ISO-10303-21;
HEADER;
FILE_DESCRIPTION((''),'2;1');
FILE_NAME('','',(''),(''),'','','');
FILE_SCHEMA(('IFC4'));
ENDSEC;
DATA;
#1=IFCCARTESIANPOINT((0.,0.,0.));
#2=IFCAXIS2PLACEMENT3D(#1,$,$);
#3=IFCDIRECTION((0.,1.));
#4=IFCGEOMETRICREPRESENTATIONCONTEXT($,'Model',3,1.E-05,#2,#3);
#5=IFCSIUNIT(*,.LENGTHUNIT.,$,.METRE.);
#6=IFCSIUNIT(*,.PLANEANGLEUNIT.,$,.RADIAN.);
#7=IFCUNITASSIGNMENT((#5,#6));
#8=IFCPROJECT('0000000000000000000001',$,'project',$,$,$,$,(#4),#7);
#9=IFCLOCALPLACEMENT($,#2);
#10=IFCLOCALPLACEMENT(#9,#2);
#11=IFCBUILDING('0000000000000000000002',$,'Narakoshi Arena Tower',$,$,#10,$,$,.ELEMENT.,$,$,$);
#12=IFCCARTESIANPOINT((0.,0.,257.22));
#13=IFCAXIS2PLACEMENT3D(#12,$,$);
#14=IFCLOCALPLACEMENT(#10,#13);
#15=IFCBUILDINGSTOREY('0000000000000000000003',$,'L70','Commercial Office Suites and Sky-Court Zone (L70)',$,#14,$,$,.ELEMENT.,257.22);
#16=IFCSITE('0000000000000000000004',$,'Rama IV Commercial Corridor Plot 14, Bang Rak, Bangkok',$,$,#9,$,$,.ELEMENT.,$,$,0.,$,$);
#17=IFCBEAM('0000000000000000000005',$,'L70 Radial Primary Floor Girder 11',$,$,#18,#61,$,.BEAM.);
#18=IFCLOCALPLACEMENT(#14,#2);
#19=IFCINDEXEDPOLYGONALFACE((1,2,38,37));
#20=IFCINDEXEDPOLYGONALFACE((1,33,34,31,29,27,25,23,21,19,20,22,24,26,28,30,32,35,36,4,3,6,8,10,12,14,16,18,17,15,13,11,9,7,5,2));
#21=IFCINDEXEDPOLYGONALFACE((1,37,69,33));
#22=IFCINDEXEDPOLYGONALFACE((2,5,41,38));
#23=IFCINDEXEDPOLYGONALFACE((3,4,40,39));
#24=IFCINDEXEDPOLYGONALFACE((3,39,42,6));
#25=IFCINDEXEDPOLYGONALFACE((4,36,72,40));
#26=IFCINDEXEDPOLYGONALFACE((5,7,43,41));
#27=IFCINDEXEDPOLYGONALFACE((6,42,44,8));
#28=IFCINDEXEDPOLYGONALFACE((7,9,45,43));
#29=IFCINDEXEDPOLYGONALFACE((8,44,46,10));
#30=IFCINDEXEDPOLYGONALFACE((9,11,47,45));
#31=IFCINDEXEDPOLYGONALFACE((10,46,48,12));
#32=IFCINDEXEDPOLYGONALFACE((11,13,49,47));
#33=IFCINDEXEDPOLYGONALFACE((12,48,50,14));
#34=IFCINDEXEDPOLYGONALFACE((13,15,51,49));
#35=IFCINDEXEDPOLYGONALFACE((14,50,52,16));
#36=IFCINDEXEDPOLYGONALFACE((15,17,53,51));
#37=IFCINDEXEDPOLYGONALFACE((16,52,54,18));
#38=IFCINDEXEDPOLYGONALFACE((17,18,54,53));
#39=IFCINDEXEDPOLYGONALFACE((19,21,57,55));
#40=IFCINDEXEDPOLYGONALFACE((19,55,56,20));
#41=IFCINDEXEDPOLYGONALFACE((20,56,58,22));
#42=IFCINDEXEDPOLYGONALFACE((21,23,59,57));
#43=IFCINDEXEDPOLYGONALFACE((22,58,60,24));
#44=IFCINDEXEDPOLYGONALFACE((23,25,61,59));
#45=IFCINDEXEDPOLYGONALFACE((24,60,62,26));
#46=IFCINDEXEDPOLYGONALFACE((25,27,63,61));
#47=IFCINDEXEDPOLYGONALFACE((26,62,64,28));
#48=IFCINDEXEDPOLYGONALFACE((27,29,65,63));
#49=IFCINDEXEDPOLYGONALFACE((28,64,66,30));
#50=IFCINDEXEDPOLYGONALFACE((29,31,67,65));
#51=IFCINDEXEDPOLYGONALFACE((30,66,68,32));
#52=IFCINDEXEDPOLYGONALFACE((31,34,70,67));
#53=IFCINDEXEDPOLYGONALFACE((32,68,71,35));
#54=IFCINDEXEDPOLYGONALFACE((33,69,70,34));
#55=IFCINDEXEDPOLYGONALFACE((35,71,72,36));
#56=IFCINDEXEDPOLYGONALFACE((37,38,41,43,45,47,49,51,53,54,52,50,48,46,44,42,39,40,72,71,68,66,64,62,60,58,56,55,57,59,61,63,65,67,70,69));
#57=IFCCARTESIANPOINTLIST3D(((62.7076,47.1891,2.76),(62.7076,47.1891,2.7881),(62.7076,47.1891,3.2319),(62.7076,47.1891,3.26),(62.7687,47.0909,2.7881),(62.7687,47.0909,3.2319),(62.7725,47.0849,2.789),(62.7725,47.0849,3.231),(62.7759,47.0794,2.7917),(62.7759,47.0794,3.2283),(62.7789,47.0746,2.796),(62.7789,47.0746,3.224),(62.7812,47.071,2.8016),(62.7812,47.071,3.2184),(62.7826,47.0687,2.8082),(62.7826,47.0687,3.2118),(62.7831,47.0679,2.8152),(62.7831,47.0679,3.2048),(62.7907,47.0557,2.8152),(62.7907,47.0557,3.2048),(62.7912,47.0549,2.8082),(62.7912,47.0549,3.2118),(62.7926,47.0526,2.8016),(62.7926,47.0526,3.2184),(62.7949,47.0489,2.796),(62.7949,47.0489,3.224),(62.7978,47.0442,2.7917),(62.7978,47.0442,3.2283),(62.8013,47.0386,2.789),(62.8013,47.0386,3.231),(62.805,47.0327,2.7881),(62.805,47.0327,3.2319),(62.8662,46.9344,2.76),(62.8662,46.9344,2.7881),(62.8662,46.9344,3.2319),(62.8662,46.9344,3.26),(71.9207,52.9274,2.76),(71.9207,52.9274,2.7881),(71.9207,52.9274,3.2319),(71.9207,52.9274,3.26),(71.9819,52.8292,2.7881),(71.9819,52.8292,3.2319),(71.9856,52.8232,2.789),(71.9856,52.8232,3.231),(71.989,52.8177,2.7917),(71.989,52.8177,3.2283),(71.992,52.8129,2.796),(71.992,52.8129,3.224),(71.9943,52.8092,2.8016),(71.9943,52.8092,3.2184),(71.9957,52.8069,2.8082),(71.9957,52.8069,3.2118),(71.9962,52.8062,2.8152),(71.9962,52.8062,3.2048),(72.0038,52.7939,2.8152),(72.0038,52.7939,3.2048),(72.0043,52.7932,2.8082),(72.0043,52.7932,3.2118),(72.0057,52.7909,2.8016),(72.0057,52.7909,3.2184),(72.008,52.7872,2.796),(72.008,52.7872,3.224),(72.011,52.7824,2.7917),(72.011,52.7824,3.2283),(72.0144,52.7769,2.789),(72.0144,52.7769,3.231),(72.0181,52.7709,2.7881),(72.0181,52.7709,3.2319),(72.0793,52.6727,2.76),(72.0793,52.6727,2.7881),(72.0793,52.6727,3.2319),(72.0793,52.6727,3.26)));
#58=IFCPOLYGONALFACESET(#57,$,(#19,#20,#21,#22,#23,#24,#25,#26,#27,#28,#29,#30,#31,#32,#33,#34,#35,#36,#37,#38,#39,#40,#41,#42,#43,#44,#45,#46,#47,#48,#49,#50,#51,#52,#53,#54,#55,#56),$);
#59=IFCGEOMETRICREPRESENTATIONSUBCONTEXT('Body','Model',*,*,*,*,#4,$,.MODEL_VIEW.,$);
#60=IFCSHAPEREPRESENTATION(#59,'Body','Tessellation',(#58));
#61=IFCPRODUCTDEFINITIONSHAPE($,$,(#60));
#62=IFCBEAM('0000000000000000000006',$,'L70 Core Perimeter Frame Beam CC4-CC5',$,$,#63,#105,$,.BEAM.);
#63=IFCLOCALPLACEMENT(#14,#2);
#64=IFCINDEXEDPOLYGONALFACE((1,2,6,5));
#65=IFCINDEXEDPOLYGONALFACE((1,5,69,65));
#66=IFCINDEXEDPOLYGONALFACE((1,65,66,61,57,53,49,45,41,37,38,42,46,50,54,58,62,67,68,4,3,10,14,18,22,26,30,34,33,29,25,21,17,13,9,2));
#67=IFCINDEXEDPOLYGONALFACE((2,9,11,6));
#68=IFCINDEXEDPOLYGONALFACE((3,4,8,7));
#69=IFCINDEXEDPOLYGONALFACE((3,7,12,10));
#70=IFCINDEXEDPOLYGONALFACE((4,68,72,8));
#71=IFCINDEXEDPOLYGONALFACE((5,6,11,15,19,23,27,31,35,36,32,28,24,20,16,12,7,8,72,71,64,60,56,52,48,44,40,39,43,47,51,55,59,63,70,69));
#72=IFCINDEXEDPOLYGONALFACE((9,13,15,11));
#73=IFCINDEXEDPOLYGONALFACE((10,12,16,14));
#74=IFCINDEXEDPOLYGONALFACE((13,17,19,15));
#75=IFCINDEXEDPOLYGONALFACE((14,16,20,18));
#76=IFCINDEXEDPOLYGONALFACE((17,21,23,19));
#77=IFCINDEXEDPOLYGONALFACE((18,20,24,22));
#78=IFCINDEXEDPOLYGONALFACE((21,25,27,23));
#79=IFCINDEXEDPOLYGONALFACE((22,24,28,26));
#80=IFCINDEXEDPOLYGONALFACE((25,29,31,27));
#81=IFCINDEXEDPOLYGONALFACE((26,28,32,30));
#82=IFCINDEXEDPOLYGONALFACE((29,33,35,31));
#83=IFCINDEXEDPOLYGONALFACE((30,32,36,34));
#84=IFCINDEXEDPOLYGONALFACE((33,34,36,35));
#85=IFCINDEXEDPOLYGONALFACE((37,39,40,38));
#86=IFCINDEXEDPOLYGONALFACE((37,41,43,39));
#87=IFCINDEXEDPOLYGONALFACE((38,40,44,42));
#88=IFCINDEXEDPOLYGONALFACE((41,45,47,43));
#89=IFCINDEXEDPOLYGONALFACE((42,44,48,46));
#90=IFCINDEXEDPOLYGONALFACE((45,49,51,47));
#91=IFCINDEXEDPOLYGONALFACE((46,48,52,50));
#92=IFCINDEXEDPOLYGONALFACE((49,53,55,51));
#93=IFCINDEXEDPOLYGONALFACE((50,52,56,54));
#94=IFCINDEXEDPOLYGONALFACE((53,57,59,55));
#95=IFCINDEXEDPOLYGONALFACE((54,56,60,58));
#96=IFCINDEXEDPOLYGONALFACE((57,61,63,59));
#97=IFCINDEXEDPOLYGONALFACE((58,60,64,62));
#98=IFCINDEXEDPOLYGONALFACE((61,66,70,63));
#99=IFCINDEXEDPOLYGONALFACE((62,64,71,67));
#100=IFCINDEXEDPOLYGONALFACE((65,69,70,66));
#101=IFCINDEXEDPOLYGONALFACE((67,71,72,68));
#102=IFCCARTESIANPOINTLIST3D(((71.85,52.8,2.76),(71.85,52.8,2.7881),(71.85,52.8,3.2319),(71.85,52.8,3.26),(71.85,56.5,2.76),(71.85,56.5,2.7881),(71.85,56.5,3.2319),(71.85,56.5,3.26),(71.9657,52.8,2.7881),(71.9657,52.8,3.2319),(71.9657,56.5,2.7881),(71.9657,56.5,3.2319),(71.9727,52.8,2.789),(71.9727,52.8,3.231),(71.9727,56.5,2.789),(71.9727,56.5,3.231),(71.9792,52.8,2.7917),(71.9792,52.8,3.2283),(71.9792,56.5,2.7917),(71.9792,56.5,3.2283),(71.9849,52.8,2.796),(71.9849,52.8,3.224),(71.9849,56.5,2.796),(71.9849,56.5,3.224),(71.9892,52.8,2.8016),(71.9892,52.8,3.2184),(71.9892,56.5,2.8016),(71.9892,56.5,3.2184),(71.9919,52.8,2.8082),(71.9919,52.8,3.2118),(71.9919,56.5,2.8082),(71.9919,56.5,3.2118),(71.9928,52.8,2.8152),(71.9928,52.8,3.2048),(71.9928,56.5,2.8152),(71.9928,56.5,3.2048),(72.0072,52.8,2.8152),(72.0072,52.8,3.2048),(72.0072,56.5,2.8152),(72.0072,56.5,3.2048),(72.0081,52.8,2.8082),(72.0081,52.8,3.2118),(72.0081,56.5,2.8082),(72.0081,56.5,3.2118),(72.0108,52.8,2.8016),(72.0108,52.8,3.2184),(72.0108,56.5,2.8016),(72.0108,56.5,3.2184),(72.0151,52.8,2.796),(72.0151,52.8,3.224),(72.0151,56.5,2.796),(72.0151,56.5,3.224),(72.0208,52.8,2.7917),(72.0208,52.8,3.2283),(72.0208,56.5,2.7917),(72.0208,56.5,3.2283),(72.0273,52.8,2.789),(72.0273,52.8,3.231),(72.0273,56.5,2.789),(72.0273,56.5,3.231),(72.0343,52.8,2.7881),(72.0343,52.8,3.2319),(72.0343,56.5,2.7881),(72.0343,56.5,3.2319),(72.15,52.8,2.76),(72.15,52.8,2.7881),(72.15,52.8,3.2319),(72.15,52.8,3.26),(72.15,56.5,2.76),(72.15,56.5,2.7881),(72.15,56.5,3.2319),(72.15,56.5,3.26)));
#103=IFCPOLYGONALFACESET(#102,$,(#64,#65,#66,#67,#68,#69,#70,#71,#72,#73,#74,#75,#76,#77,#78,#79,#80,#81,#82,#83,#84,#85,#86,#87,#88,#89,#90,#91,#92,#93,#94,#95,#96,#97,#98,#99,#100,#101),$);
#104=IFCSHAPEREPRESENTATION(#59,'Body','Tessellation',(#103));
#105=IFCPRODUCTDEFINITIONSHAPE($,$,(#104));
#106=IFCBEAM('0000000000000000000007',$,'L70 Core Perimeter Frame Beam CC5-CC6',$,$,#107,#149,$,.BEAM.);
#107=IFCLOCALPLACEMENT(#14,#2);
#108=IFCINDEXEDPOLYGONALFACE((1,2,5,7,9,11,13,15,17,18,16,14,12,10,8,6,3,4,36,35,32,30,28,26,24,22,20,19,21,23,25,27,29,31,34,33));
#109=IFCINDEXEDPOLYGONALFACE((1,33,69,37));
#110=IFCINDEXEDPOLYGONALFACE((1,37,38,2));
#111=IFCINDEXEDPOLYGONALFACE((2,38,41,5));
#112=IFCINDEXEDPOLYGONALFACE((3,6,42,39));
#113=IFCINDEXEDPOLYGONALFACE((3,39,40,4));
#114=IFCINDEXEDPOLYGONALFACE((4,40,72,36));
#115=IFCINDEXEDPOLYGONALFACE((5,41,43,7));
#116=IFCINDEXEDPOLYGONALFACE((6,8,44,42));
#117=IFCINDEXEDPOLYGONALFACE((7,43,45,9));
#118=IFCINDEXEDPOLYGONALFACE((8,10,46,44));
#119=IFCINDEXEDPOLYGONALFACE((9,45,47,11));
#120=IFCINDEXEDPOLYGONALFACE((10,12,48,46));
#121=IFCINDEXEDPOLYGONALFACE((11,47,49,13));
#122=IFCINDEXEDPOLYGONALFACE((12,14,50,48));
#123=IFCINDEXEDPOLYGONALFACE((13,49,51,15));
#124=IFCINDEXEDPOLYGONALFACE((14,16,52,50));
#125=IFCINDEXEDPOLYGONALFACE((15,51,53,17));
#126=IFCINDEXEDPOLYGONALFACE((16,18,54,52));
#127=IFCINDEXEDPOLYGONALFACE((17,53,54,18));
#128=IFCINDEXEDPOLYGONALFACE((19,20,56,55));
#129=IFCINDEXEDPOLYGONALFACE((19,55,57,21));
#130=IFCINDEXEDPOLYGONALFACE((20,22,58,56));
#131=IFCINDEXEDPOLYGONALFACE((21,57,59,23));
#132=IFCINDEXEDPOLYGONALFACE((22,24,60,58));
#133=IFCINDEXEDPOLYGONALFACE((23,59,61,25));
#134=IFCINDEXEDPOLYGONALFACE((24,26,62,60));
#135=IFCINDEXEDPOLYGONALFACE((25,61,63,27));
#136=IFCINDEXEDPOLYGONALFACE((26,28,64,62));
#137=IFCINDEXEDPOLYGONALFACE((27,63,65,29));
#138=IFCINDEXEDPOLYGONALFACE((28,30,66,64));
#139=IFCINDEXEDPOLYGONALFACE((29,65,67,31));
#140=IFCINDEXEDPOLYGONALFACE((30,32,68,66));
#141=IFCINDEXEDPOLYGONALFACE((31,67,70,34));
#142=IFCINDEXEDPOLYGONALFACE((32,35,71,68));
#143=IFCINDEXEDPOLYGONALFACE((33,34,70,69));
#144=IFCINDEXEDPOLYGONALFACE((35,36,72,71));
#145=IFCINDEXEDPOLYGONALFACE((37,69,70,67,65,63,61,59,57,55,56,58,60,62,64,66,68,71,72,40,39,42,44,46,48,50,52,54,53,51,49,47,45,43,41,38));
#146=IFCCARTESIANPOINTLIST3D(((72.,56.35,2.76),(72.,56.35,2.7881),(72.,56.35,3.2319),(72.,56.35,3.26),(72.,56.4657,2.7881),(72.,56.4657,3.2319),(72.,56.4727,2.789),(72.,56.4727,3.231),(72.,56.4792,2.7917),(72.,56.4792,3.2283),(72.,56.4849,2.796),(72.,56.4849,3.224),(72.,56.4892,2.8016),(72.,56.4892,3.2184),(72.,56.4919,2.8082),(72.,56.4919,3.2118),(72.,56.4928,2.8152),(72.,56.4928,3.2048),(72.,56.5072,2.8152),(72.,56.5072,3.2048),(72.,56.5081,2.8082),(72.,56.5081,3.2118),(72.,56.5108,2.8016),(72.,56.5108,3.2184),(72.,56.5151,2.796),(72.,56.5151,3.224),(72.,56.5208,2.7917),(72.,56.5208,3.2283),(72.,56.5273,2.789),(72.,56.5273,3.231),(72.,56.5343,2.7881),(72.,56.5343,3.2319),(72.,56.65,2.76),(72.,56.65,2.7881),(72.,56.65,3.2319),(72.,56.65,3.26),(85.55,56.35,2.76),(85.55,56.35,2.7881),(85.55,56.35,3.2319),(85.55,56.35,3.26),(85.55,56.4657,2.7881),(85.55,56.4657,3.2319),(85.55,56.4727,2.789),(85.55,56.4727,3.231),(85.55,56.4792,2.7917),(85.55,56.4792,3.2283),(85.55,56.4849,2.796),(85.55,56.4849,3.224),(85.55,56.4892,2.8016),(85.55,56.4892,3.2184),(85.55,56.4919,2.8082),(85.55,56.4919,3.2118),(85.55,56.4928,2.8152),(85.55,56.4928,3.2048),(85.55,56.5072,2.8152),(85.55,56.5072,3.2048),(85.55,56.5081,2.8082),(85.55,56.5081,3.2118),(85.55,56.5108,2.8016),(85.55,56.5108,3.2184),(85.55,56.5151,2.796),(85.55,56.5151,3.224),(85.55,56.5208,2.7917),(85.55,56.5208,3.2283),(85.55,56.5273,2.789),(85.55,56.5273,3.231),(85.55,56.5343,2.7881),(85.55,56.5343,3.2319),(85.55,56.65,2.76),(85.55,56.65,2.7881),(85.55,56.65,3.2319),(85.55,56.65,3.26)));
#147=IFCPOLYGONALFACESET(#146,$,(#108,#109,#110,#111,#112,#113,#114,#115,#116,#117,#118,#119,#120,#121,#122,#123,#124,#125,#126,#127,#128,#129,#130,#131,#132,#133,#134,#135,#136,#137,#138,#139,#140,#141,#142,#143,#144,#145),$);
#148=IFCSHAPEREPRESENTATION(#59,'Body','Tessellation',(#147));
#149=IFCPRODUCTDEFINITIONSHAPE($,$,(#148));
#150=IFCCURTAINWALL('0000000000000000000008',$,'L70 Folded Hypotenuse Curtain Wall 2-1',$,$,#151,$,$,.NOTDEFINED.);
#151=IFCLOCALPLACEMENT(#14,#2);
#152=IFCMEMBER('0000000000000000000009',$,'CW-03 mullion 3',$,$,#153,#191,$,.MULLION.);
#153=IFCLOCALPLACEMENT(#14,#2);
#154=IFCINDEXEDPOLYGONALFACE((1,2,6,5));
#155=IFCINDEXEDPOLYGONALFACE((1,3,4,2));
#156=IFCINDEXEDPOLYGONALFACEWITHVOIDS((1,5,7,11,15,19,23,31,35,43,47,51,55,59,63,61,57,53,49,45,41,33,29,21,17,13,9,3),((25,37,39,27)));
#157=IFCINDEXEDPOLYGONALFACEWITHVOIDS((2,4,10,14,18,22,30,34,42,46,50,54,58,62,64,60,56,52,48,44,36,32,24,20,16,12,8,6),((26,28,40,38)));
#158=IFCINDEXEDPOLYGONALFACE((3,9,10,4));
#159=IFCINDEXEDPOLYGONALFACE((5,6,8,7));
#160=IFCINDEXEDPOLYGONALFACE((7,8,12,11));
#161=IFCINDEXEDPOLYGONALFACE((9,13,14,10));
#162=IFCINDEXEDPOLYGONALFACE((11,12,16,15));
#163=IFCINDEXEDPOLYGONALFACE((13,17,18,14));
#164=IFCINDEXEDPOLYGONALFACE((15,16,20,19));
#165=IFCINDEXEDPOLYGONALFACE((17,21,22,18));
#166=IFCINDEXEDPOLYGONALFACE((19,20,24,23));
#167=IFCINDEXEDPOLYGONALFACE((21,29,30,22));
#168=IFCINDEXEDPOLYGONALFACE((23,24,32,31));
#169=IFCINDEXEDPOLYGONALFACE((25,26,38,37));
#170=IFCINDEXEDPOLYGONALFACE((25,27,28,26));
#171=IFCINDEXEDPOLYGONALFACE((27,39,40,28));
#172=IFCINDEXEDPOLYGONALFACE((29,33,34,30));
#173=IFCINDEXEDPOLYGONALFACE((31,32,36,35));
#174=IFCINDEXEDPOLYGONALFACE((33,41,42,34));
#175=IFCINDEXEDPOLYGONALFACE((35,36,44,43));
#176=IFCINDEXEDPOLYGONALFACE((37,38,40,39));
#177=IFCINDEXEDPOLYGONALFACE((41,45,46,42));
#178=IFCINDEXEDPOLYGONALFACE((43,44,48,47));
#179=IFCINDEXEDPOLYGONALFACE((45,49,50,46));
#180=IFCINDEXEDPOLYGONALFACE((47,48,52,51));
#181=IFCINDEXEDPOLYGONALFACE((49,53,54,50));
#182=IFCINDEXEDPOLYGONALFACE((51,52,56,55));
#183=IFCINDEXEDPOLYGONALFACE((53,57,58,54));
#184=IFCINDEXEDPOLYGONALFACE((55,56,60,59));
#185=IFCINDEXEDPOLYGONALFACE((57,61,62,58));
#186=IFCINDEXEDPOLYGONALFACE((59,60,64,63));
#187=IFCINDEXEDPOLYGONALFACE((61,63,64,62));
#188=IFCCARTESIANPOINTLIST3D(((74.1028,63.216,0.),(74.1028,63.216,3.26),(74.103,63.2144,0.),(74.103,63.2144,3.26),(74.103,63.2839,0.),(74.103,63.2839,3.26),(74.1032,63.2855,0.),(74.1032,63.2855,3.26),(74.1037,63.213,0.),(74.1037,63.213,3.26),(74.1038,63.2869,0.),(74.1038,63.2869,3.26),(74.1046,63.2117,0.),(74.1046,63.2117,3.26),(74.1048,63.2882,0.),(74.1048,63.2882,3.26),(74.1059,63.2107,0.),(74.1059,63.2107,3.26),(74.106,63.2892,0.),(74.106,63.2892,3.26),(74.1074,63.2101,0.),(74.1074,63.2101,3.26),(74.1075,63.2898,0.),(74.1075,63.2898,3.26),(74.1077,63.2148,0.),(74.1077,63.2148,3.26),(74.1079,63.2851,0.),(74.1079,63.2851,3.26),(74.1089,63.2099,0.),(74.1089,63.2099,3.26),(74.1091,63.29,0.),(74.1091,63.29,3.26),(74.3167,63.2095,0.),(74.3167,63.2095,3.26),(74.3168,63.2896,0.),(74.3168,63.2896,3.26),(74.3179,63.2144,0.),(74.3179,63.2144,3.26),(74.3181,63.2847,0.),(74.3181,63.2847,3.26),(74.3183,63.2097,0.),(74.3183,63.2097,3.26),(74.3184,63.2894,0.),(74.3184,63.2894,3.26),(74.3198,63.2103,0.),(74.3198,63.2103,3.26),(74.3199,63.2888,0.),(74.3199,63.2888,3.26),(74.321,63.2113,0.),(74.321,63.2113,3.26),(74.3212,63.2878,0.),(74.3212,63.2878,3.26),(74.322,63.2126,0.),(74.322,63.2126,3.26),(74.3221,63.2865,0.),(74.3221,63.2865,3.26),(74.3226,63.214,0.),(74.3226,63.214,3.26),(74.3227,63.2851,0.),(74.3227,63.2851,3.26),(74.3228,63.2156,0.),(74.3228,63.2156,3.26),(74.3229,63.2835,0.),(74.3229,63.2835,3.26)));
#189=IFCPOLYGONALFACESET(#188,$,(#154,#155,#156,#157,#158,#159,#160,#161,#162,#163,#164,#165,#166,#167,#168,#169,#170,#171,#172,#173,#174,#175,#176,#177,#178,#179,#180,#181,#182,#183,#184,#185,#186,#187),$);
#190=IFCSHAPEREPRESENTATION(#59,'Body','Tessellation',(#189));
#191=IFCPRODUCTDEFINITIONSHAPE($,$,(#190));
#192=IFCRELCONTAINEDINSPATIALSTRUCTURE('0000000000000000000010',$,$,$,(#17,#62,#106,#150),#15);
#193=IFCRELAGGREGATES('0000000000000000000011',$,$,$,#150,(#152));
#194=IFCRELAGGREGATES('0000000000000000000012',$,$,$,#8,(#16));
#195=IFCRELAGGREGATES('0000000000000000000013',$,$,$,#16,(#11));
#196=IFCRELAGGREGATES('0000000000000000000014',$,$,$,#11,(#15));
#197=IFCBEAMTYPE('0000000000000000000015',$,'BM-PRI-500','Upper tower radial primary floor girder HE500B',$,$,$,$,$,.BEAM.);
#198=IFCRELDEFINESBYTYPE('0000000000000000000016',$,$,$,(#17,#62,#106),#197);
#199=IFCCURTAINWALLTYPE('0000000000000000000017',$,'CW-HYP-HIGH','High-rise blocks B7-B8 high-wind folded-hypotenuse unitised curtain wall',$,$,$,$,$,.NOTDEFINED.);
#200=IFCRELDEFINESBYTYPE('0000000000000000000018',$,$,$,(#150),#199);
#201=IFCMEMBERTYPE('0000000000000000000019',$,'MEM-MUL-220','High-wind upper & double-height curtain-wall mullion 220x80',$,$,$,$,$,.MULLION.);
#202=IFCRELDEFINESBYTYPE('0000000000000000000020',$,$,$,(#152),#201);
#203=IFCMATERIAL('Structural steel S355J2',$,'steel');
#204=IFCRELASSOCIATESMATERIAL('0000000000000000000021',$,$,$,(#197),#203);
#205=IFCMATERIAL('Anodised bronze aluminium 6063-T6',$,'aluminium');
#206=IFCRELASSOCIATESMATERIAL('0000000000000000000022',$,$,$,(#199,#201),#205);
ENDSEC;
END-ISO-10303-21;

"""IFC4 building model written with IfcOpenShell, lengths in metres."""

from ifc_helpers import new_model, si_unit, direction, frame, origin, origin_2d, place, context, subcontext, project, spatial, hollow_rectangle, i_section, extrude, material, material_profile, profile_set, type_object, element, aggregate, save


model = new_model("IFC4")

# Units and contexts
model_context = context("Model", 3, precision=1e-05, world=origin(), true_north=direction((0.0, 1.0)))
body_context = subcontext(model_context, "Body", "Model", "MODEL_VIEW")
ifc_project = project(units=[si_unit("LENGTHUNIT", "METRE"), si_unit("PLANEANGLEUNIT", "RADIAN")], contexts=[model_context])

# Site, building, storey
site_placement = place(None, origin())
site = spatial("IfcSite", under=ifc_project, at=site_placement, Name="Rama IV Commercial Corridor Plot 14, Bang Rak, Bangkok", CompositionType="ELEMENT", RefElevation=0.0)
building_placement = place(site_placement, origin())
building = spatial("IfcBuilding", under=site, at=building_placement, Name="Narakoshi Arena Tower", CompositionType="ELEMENT")
storey_placement = place(building_placement, frame((0.0, 0.0, 257.22)))
storey = spatial("IfcBuildingStorey", under=building, at=storey_placement, Name="L70", Description="Commercial Office Suites and Sky-Court Zone (L70)", CompositionType="ELEMENT", Elevation=257.22)

# Beams
ifc_material_1 = material(Name="Structural steel S355J2", Category="steel")
ifc_material_profile_1 = material_profile(ifc_material_1, i_section(OverallWidth=0.3, OverallDepth=0.5, WebThickness=0.0144, FlangeThickness=0.0281, FilletRadius=0.0271, at=origin_2d()), Name="HE500B")
ifc_profile_set_1 = profile_set([ifc_material_profile_1], Name="Structural steel S355J2")
beam_type = type_object("IfcBeamType", Name="BM-PRI-500", Description="Upper tower radial primary floor girder HE500B", PredefinedType="BEAM", material=ifc_profile_set_1)
beam_1_placement = place(storey_placement, frame((72.0, 52.8, 3.01), z_axis=(-0.848822, -0.528678, 0.0), x_axis=(0.528678, -0.848822, 0.0)))
element("IfcBeam", 1, at=beam_1_placement, inside=storey, type_object=beam_type, Name="L70 Radial Primary Floor Girder 11", PredefinedType="BEAM", context=body_context, shape_type="SweptSolid", body=[
    extrude(i_section(OverallWidth=0.3, OverallDepth=0.5, WebThickness=0.0144, FlangeThickness=0.0281, FilletRadius=0.0271, at=origin_2d()), origin(), (0.0, 0.0, 1.0), 10.854),
])
beam_2_placement = place(storey_placement, frame((72.0, 52.8, 3.01), z_axis=(0.0, 1.0, 0.0), x_axis=(-1.0, 0.0, 0.0)))
element("IfcBeam", 2, at=beam_2_placement, inside=storey, type_object=beam_type, Name="L70 Core Perimeter Frame Beam CC4-CC5", PredefinedType="BEAM", context=body_context, shape_type="SweptSolid", body=[
    extrude(i_section(OverallWidth=0.3, OverallDepth=0.5, WebThickness=0.0144, FlangeThickness=0.0281, FilletRadius=0.0271, at=origin_2d()), origin(), (0.0, 0.0, 1.0), 3.7),
])
beam_3_placement = place(storey_placement, frame((72.0, 56.5, 3.01), z_axis=(1.0, 0.0, 0.0), x_axis=(0.0, 1.0, 0.0)))
element("IfcBeam", 3, at=beam_3_placement, inside=storey, type_object=beam_type, Name="L70 Core Perimeter Frame Beam CC5-CC6", PredefinedType="BEAM", context=body_context, shape_type="SweptSolid", body=[
    extrude(i_section(OverallWidth=0.3, OverallDepth=0.5, WebThickness=0.0144, FlangeThickness=0.0281, FilletRadius=0.0271, at=origin_2d()), origin(), (0.0, 0.0, 1.0), 13.55),
])

# Curtain wall, member
ifc_material_2 = material(Name="Anodised bronze aluminium 6063-T6", Category="aluminium")
curtain_wall_type = type_object("IfcCurtainWallType", Name="CW-HYP-HIGH", Description="High-rise blocks B7-B8 high-wind folded-hypotenuse unitised curtain wall", PredefinedType="NOTDEFINED", material=ifc_material_2)
curtain_wall_placement = place(storey_placement, origin())
curtain_wall = element("IfcCurtainWall", 4, at=curtain_wall_placement, inside=storey, type_object=curtain_wall_type, Name="L70 Folded Hypotenuse Curtain Wall 2-1", PredefinedType="NOTDEFINED")
ifc_material_profile_2 = material_profile(ifc_material_2, hollow_rectangle(XDim=0.0801, YDim=0.22, WallThickness=0.0049, OuterFilletRadius=0.0061, at=origin_2d()), Name="MUL220x80x5")
ifc_profile_set_2 = profile_set([ifc_material_profile_2], Name="Anodised bronze aluminium 6063-T6")
member_type_1 = type_object("IfcMemberType", Name="MEM-MUL-220", Description="High-wind upper & double-height curtain-wall mullion 220x80", PredefinedType="MULLION", material=ifc_profile_set_2)
member_1_placement = place(storey_placement, frame((74.2129, 63.2498, 0.0), z_axis=(0.0, 0.0, 1.0), x_axis=(-0.00182, -0.999998, 0.0)))
member_1 = element("IfcMember", 5, at=member_1_placement, type_object=member_type_1, Name="CW-03 mullion 3", PredefinedType="MULLION", context=body_context, shape_type="SweptSolid", body=[
    extrude(hollow_rectangle(XDim=0.0801, YDim=0.22, WallThickness=0.0049, OuterFilletRadius=0.0061, at=origin_2d()), origin(), (0.0, 0.0, 1.0), 3.26),
])
aggregate(curtain_wall, [member_1])

save(model, "model.ifc")
